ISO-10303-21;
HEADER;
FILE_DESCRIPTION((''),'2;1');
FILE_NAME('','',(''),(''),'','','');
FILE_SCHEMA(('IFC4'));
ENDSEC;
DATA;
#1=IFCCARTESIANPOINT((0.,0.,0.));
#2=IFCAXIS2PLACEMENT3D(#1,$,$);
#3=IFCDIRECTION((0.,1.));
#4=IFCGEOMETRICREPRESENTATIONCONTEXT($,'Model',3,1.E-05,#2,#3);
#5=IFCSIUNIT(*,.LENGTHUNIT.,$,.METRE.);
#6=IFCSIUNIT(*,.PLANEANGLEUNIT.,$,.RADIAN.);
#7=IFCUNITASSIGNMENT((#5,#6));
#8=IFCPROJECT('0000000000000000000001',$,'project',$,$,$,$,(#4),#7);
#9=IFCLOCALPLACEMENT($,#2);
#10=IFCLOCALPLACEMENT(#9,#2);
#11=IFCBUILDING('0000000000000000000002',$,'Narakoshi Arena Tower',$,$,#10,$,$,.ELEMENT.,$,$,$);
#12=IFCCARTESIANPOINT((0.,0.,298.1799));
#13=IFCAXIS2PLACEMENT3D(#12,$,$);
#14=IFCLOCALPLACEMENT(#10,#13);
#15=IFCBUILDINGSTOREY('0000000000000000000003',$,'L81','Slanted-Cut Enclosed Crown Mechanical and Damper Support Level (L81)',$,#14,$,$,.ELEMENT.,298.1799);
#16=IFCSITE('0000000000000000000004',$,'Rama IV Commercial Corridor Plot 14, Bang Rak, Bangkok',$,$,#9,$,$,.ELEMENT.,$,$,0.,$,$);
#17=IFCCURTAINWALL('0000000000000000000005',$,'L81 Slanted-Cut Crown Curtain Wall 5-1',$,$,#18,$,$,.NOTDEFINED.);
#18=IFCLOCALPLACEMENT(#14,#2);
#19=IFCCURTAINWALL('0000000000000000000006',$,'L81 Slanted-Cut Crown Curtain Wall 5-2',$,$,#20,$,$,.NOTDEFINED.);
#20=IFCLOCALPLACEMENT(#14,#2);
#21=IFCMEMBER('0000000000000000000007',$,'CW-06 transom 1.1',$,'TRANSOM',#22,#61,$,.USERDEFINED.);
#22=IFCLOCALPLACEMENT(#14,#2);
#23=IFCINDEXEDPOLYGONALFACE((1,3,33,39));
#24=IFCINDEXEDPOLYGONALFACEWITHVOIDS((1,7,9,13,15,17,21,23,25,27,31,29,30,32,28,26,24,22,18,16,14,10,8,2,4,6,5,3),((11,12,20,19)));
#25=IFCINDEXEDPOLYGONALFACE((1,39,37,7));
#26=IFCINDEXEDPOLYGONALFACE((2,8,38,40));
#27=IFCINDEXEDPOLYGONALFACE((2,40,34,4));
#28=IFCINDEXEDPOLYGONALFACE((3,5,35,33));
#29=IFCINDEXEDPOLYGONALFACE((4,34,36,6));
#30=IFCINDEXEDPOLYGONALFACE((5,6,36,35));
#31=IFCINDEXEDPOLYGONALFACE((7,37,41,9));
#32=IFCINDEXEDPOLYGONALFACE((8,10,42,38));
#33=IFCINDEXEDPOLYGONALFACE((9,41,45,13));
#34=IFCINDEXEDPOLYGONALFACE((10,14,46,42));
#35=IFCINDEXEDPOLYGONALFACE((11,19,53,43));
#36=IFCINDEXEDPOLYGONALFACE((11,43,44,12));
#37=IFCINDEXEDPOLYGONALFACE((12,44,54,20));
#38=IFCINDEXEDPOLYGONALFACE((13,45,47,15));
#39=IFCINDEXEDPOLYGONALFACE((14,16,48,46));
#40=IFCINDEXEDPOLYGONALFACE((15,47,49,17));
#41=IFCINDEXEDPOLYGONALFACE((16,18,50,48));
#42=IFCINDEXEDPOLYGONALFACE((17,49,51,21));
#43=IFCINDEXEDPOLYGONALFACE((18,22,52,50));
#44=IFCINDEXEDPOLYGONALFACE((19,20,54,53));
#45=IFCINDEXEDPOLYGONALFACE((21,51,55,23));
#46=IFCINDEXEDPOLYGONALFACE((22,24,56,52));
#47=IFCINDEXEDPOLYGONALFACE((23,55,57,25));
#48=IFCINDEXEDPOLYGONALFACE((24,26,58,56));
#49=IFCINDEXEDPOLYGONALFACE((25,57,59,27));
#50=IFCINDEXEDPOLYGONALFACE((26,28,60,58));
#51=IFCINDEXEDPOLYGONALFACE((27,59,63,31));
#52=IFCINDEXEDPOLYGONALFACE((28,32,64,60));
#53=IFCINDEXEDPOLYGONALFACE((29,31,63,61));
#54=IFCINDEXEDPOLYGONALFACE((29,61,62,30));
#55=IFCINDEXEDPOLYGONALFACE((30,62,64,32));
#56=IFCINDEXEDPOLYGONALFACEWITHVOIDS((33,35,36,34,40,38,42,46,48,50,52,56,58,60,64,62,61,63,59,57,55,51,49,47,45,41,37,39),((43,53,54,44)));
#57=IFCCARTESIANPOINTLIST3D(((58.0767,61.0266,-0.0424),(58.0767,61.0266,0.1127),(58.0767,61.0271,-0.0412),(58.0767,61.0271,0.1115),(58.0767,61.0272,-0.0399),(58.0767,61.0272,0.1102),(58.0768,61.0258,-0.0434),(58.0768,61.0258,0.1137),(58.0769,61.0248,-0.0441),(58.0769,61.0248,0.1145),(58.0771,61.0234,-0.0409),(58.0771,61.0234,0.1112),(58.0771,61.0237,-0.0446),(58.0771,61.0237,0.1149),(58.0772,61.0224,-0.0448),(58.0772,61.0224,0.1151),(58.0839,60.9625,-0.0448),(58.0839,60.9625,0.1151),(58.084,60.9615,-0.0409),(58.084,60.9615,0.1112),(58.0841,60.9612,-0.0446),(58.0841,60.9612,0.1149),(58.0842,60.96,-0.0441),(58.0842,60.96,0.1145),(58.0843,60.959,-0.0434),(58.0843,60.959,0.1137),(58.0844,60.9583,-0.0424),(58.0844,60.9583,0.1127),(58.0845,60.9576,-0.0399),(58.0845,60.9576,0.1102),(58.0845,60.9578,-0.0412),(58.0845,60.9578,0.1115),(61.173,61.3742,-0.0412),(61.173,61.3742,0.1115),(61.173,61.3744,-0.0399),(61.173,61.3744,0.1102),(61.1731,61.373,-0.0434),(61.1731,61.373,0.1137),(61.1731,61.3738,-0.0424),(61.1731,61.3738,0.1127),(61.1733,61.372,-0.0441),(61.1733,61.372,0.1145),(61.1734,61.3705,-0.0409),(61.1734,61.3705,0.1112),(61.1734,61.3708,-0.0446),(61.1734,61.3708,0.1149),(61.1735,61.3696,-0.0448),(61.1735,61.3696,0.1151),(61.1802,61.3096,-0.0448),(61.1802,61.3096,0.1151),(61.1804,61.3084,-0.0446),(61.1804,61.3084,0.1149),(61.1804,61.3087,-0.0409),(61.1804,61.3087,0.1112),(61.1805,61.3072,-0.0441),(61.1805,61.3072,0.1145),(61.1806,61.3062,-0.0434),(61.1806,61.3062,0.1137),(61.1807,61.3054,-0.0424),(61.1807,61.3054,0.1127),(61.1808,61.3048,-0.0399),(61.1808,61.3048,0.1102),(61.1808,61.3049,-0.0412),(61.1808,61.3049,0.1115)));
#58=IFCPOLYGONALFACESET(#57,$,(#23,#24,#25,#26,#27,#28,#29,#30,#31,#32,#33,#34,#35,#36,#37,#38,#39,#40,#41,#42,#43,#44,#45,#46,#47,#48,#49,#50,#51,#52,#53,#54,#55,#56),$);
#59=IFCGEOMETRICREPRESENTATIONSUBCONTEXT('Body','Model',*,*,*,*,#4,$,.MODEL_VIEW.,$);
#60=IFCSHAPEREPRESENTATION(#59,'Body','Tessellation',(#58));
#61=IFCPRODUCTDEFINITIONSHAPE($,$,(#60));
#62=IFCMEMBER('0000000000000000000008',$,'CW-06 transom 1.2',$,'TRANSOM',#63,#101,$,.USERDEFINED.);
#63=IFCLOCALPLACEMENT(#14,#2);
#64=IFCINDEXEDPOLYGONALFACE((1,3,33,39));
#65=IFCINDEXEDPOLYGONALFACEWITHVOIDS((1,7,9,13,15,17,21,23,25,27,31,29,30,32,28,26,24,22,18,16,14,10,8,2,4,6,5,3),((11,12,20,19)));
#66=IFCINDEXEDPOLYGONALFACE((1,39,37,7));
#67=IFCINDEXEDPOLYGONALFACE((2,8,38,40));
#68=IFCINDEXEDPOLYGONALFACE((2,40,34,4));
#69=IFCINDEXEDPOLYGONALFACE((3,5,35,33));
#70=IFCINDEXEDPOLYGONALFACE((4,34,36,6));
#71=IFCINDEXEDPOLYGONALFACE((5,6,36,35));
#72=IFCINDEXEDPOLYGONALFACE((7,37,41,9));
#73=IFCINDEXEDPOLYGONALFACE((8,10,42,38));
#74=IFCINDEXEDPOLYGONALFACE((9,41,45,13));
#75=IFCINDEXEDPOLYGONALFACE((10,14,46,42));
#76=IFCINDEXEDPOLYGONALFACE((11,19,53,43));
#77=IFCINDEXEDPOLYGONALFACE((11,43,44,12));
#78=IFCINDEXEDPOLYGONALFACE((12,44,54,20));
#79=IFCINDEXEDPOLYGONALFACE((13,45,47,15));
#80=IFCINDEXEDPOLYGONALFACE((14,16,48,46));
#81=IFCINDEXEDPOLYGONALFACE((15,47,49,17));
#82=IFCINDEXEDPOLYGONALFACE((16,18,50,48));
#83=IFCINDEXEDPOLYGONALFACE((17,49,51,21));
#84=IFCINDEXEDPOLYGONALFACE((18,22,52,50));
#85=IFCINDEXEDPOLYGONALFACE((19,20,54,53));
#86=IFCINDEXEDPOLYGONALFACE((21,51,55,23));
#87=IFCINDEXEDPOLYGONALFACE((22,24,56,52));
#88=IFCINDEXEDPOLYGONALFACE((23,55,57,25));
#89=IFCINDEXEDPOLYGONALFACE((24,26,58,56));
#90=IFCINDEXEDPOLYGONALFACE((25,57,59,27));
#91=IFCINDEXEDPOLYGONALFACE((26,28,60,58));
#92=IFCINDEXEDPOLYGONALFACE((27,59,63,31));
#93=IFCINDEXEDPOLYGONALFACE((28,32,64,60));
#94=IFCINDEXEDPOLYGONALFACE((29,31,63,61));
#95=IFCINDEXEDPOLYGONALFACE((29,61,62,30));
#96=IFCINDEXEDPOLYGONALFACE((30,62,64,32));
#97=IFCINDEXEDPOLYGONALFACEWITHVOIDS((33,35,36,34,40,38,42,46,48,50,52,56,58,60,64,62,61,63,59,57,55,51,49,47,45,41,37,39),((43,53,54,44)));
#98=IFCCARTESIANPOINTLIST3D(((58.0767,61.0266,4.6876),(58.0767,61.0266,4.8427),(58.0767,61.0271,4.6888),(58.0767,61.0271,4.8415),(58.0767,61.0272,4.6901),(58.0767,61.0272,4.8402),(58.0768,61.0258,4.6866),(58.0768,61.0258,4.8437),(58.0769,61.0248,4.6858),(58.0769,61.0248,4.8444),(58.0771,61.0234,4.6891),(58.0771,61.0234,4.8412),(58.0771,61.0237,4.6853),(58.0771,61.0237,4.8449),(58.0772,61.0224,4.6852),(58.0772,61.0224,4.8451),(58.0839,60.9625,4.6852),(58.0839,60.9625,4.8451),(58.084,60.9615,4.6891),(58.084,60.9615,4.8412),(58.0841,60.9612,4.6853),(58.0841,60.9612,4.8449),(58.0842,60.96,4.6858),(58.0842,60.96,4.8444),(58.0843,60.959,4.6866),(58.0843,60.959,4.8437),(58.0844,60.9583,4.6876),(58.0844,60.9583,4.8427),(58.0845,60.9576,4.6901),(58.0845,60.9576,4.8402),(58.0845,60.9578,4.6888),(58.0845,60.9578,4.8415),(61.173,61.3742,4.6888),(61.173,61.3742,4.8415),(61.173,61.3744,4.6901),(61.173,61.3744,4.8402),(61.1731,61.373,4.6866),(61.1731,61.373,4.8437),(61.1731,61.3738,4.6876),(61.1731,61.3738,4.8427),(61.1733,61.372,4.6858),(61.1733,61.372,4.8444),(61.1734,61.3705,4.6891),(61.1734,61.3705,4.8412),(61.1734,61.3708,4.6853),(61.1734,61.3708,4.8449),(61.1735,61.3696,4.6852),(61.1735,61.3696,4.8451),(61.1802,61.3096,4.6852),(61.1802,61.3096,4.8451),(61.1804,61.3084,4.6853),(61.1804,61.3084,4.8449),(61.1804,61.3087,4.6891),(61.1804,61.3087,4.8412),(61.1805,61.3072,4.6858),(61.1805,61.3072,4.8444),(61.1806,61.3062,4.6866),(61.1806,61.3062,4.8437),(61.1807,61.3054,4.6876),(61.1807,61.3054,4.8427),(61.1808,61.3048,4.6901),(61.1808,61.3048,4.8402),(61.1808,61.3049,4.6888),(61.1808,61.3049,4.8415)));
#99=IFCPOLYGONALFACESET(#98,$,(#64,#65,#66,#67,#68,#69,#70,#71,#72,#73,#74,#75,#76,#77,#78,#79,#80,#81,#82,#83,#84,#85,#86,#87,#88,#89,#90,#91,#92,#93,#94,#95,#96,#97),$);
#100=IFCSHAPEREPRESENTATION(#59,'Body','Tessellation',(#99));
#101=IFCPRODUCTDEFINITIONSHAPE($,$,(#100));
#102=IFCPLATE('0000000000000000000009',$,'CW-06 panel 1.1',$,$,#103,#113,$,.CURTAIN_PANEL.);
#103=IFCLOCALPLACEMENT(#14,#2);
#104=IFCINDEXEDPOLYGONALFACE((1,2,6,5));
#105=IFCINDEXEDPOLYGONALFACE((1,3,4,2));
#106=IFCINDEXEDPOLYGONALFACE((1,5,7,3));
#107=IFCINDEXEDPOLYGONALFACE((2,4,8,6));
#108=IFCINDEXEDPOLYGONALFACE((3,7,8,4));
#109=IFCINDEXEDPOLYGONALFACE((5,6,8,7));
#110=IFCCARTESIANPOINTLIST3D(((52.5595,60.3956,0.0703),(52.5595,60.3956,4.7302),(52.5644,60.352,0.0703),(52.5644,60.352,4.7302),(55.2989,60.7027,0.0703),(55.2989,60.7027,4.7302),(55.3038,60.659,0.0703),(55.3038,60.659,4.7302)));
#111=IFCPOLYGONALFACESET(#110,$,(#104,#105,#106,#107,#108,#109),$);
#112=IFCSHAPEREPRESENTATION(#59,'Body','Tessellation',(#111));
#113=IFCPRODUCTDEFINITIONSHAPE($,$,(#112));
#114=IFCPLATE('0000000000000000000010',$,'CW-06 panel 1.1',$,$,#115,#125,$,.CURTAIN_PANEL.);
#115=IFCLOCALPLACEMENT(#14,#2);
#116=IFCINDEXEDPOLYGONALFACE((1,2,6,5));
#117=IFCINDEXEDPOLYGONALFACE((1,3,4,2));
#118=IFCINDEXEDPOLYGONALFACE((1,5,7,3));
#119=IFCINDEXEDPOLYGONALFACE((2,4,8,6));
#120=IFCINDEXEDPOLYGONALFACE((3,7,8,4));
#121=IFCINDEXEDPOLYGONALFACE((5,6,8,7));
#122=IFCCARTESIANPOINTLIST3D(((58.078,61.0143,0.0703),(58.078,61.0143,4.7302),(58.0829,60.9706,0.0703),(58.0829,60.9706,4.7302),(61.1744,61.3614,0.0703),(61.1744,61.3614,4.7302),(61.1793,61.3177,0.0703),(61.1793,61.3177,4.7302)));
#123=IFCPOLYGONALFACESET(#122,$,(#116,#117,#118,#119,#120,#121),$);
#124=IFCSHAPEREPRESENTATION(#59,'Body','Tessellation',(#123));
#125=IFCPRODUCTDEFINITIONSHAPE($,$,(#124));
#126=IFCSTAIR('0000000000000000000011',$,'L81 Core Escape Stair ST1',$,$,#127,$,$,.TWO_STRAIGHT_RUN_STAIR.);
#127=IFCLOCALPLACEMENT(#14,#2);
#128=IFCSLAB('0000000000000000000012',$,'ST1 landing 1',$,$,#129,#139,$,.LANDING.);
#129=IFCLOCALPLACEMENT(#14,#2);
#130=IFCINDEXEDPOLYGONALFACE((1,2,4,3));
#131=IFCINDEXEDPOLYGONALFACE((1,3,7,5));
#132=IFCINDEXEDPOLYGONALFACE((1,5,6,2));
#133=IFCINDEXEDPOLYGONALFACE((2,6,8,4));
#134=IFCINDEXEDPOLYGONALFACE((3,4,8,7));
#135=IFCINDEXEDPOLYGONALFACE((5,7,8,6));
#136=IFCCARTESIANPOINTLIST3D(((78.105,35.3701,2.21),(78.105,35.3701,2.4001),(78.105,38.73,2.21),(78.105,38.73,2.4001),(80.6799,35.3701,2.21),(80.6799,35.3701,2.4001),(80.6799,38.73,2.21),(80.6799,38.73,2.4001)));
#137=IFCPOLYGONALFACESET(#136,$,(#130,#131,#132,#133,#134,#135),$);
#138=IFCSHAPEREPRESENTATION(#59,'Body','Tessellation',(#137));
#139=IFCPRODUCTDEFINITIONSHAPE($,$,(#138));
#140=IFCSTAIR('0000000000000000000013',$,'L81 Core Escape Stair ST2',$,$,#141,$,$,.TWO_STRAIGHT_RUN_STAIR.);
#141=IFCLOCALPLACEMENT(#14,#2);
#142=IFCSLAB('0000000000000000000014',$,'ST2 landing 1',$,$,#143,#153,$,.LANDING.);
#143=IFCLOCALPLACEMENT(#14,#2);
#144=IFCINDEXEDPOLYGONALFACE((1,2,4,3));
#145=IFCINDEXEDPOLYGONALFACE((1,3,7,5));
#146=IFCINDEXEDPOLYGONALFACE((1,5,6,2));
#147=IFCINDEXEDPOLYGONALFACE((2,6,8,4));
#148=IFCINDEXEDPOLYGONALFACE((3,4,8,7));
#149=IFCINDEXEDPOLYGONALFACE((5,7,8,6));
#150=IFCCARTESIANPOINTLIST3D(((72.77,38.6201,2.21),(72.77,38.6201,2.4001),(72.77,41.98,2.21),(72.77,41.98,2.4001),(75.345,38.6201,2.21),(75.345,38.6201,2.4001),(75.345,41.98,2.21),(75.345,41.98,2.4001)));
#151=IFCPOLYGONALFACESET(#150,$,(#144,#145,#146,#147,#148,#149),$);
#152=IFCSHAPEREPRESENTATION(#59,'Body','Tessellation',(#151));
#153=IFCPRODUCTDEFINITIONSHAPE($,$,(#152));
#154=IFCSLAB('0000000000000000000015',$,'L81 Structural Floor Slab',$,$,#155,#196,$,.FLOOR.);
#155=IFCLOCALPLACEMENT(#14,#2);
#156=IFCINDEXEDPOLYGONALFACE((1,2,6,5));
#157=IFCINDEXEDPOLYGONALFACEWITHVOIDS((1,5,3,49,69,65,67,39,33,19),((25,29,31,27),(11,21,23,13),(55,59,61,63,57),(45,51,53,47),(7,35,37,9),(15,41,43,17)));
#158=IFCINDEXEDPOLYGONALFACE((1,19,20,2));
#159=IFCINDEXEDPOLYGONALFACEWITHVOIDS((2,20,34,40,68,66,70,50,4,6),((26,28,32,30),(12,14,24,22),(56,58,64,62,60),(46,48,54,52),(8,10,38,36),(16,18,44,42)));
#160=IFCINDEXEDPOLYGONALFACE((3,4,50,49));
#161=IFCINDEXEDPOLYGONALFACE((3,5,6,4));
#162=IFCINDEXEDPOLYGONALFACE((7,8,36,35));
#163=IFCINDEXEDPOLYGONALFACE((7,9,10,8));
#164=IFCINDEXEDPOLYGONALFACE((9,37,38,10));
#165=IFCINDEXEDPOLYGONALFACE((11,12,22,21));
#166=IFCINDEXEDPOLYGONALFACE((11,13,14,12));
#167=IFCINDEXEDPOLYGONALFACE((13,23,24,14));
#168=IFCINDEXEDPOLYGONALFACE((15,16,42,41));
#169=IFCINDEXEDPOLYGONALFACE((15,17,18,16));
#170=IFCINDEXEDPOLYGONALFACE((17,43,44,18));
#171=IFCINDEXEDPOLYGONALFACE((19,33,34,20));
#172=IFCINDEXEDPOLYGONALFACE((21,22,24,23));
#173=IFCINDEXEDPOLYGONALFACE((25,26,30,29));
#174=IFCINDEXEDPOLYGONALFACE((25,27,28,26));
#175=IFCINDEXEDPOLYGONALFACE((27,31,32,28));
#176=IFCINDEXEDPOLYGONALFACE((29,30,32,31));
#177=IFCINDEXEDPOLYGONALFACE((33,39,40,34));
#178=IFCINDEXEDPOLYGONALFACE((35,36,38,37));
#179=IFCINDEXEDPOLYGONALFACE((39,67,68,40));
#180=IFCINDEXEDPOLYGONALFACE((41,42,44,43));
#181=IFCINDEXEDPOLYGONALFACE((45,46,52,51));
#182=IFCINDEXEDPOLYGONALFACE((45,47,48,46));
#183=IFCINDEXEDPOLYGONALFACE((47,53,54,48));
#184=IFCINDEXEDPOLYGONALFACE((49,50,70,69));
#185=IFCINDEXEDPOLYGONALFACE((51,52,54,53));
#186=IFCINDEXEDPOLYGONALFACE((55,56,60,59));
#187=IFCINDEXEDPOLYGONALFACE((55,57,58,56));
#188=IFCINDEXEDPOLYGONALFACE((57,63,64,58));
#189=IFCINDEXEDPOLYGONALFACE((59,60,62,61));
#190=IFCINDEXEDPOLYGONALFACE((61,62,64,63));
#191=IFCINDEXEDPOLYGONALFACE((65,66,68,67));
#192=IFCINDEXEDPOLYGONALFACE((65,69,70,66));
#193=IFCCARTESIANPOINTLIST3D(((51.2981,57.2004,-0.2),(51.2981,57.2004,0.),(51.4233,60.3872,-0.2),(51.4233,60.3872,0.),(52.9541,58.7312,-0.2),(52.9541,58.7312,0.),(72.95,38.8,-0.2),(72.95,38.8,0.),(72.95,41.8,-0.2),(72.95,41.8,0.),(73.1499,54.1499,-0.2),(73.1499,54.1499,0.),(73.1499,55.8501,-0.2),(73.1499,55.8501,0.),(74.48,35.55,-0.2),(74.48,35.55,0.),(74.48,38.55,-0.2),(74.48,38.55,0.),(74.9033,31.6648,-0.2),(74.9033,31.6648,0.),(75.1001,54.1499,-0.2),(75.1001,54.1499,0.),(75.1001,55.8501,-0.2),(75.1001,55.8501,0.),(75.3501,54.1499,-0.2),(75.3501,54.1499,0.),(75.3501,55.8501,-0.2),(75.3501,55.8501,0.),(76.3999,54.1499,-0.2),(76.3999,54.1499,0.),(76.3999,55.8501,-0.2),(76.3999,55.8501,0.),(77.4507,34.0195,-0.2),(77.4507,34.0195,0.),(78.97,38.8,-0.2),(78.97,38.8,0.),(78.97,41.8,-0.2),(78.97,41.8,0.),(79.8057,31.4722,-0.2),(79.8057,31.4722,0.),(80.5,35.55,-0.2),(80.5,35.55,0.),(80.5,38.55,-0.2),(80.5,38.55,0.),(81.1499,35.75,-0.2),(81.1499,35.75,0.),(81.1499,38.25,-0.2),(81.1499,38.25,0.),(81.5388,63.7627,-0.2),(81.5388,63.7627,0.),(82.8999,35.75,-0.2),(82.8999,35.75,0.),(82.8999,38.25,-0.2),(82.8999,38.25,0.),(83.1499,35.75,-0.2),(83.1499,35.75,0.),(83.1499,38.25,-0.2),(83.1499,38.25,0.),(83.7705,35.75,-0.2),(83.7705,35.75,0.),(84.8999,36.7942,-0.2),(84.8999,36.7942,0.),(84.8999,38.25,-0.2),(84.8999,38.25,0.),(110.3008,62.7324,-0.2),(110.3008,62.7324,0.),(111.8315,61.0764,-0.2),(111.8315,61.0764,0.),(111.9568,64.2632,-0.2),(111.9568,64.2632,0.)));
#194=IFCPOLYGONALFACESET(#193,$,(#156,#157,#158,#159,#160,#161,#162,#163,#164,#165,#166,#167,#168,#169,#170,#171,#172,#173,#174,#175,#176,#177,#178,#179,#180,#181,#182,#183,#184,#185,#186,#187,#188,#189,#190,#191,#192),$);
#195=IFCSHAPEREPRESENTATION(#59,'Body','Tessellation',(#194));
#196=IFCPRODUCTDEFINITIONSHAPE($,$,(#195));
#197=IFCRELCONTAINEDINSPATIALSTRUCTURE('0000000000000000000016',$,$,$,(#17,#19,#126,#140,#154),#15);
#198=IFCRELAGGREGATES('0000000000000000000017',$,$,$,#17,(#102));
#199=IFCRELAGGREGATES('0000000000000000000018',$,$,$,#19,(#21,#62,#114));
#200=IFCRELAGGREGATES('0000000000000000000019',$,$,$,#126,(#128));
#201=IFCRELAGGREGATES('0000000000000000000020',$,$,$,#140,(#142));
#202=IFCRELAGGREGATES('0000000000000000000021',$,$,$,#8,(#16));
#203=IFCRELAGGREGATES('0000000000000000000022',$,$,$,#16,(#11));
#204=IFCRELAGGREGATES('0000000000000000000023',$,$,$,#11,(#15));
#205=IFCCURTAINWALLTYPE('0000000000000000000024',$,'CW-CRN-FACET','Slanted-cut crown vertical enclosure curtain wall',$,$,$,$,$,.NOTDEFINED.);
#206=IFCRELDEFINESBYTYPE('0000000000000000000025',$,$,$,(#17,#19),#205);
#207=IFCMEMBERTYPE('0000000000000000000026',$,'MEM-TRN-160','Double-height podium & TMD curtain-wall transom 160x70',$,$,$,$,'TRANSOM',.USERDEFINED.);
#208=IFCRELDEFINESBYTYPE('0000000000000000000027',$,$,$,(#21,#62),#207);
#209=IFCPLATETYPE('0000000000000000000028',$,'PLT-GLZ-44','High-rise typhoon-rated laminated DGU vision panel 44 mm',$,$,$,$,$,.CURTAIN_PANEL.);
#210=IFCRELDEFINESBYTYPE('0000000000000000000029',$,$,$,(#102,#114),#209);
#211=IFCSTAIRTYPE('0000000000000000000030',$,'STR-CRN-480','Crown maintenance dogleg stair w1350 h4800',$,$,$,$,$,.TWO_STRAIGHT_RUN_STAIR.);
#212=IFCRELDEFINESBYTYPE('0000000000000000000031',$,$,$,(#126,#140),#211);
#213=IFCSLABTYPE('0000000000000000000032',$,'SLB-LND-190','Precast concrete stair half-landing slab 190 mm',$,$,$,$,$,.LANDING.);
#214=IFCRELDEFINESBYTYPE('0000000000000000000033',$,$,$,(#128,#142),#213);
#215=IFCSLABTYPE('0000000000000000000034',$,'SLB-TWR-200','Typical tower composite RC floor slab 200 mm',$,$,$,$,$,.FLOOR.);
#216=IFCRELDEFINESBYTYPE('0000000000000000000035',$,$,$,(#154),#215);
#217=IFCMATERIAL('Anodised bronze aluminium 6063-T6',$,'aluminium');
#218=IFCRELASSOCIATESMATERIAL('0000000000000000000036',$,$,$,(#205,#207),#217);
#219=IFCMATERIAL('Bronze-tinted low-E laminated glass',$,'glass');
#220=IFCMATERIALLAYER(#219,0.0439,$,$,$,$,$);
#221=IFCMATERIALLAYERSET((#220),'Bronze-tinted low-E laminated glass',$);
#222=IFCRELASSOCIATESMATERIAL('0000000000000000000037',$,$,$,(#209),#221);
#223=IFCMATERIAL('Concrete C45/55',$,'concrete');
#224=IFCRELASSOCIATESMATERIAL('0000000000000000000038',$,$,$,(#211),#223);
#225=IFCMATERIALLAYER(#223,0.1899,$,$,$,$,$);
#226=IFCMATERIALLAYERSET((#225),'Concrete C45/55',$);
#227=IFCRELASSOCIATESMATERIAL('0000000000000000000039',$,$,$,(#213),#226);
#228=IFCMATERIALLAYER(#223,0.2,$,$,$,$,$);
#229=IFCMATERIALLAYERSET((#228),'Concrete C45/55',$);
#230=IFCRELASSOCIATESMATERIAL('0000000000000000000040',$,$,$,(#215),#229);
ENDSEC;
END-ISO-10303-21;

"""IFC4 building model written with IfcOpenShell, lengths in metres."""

from ifc_helpers import new_model, si_unit, direction, frame, origin, origin_2d, place, context, subcontext, project, spatial, polyline, rectangle, hollow_rectangle, outline, extrude, material, layer, layer_set, material_profile, profile_set, type_object, element, aggregate, save


model = new_model("IFC4")

# Units and contexts
model_context = context("Model", 3, precision=1e-05, world=origin(), true_north=direction((0.0, 1.0)))
body_context = subcontext(model_context, "Body", "Model", "MODEL_VIEW")
ifc_project = project(units=[si_unit("LENGTHUNIT", "METRE"), si_unit("PLANEANGLEUNIT", "RADIAN")], contexts=[model_context])

# Site, building, storey
site_placement = place(None, origin())
site = spatial("IfcSite", under=ifc_project, at=site_placement, Name="Rama IV Commercial Corridor Plot 14, Bang Rak, Bangkok", CompositionType="ELEMENT", RefElevation=0.0)
building_placement = place(site_placement, origin())
building = spatial("IfcBuilding", under=site, at=building_placement, Name="Narakoshi Arena Tower", CompositionType="ELEMENT")
storey_placement = place(building_placement, frame((0.0, 0.0, 298.1799)))
storey = spatial("IfcBuildingStorey", under=building, at=storey_placement, Name="L81", Description="Slanted-Cut Enclosed Crown Mechanical and Damper Support Level (L81)", CompositionType="ELEMENT", Elevation=298.1799)

# Curtain wall
ifc_material_1 = material(Name="Anodised bronze aluminium 6063-T6", Category="aluminium")
curtain_wall_type = type_object("IfcCurtainWallType", Name="CW-CRN-FACET", Description="Slanted-cut crown vertical enclosure curtain wall", PredefinedType="NOTDEFINED", material=ifc_material_1)
curtain_wall_1_placement = place(storey_placement, origin())
curtain_wall_1 = element("IfcCurtainWall", 1, at=curtain_wall_1_placement, inside=storey, type_object=curtain_wall_type, Name="L81 Slanted-Cut Crown Curtain Wall 5-1", PredefinedType="NOTDEFINED")

# Curtain wall
curtain_wall_2_placement = place(storey_placement, origin())
curtain_wall_2 = element("IfcCurtainWall", 2, at=curtain_wall_2_placement, inside=storey, type_object=curtain_wall_type, Name="L81 Slanted-Cut Crown Curtain Wall 5-2", PredefinedType="NOTDEFINED")

# Members
ifc_material_profile_1 = material_profile(ifc_material_1, hollow_rectangle(XDim=0.0701, YDim=0.1599, WallThickness=0.0039, OuterFilletRadius=0.0049, at=origin_2d()), Name="TRN160x70x4")
ifc_profile_set_1 = profile_set([ifc_material_profile_1], Name="Anodised bronze aluminium 6063-T6")
member_type_1 = type_object("IfcMemberType", Name="MEM-TRN-160", Description="Double-height podium & TMD curtain-wall transom 160x70", ElementType="TRANSOM", PredefinedType="USERDEFINED", material=ifc_profile_set_1)
member_1_placement = place(storey_placement, frame((58.0806, 60.9924, 0.0352), z_axis=(0.993773, 0.11142, 0.0), x_axis=(-0.11142, 0.993773, 0.0)))
member_1 = element("IfcMember", 3, at=member_1_placement, type_object=member_type_1, Name="CW-06 transom 1.1", ObjectType="TRANSOM", PredefinedType="USERDEFINED", context=body_context, shape_type="SweptSolid", body=[
    extrude(hollow_rectangle(XDim=0.0701, YDim=0.1599, WallThickness=0.0039, OuterFilletRadius=0.0049, at=origin_2d()), origin(), (0.0, 0.0, 1.0), 3.1157),
])
member_2_placement = place(storey_placement, frame((58.0806, 60.9924, 4.7651), z_axis=(0.993773, 0.11142, 0.0), x_axis=(-0.11142, 0.993773, 0.0)))
member_2 = element("IfcMember", 4, at=member_2_placement, type_object=member_type_1, Name="CW-06 transom 1.2", ObjectType="TRANSOM", PredefinedType="USERDEFINED", context=body_context, shape_type="SweptSolid", body=[
    extrude(hollow_rectangle(XDim=0.0701, YDim=0.1599, WallThickness=0.0039, OuterFilletRadius=0.0049, at=origin_2d()), origin(), (0.0, 0.0, 1.0), 3.1157),
])

# Plates
ifc_material_2 = material(Name="Bronze-tinted low-E laminated glass", Category="glass")
ifc_layer_1 = layer(ifc_material_2, 0.0439)
ifc_layer_set_1 = layer_set([ifc_layer_1], Name="Bronze-tinted low-E laminated glass")
plate_type = type_object("IfcPlateType", Name="PLT-GLZ-44", Description="High-rise typhoon-rated laminated DGU vision panel 44 mm", PredefinedType="CURTAIN_PANEL", material=ifc_layer_set_1)
plate_1_placement = place(storey_placement, frame((53.9316, 60.5273, 0.0703), z_axis=(0.0, 0.0, 1.0), x_axis=(0.993776, 0.111395, 0.0)))
plate_1 = element("IfcPlate", 5, at=plate_1_placement, type_object=plate_type, Name="CW-06 panel 1.1", PredefinedType="CURTAIN_PANEL", context=body_context, shape_type="SweptSolid", body=[
    extrude(rectangle(XDim=2.7566, YDim=0.0439, at=origin_2d()), origin(), (0.0, 0.0, 1.0), 4.6599),
])
aggregate(curtain_wall_1, [plate_1])
plate_2_placement = place(storey_placement, frame((59.6287, 61.166, 0.0703), z_axis=(0.0, 0.0, 1.0), x_axis=(0.993776, 0.111395, 0.0)))
plate_2 = element("IfcPlate", 6, at=plate_2_placement, type_object=plate_type, Name="CW-06 panel 1.1", PredefinedType="CURTAIN_PANEL", context=body_context, shape_type="SweptSolid", body=[
    extrude(rectangle(XDim=3.1157, YDim=0.0439, at=origin_2d()), origin(), (0.0, 0.0, 1.0), 4.6599),
])
aggregate(curtain_wall_2, [member_1, member_2, plate_2])

# Stairs, slabs
ifc_material_3 = material(Name="Concrete C45/55", Category="concrete")
stair_type = type_object("IfcStairType", Name="STR-CRN-480", Description="Crown maintenance dogleg stair w1350 h4800", PredefinedType="TWO_STRAIGHT_RUN_STAIR", material=ifc_material_3)
stair_1_placement = place(storey_placement, origin())
stair_1 = element("IfcStair", 7, at=stair_1_placement, inside=storey, type_object=stair_type, Name="L81 Core Escape Stair ST1", PredefinedType="TWO_STRAIGHT_RUN_STAIR")
ifc_layer_2 = layer(ifc_material_3, 0.1899)
ifc_layer_set_2 = layer_set([ifc_layer_2], Name="Concrete C45/55")
slab_type_1 = type_object("IfcSlabType", Name="SLB-LND-190", Description="Precast concrete stair half-landing slab 190 mm", PredefinedType="LANDING", material=ifc_layer_set_2)
slab_1_placement = place(storey_placement, frame((0.0, 0.0, 2.21)))
slab_1 = element("IfcSlab", 8, at=slab_1_placement, type_object=slab_type_1, Name="ST1 landing 1", PredefinedType="LANDING", context=body_context, shape_type="SweptSolid", body=[
    extrude(outline(polyline([(78.105, 35.3701), (80.6799, 35.3701), (80.6799, 38.73), (78.105, 38.73), (78.105, 35.3701)])), origin(), (0.0, 0.0, 1.0), 0.1902),
])
aggregate(stair_1, [slab_1])
stair_2_placement = place(storey_placement, origin())
stair_2 = element("IfcStair", 9, at=stair_2_placement, inside=storey, type_object=stair_type, Name="L81 Core Escape Stair ST2", PredefinedType="TWO_STRAIGHT_RUN_STAIR")
slab_2_placement = place(storey_placement, frame((0.0, 0.0, 2.21)))
slab_2 = element("IfcSlab", 10, at=slab_2_placement, type_object=slab_type_1, Name="ST2 landing 1", PredefinedType="LANDING", context=body_context, shape_type="SweptSolid", body=[
    extrude(outline(polyline([(72.77, 38.6201), (75.345, 38.6201), (75.345, 41.98), (72.77, 41.98), (72.77, 38.6201)])), origin(), (0.0, 0.0, 1.0), 0.1902),
])
aggregate(stair_2, [slab_2])

# Slab
ifc_layer_3 = layer(ifc_material_3, 0.2)
ifc_layer_set_3 = layer_set([ifc_layer_3], Name="Concrete C45/55")
slab_type_2 = type_object("IfcSlabType", Name="SLB-TWR-200", Description="Typical tower composite RC floor slab 200 mm", PredefinedType="FLOOR", material=ifc_layer_set_3)
slab_3_placement = place(storey_placement, frame((0.0, 0.0, -0.2)))
element("IfcSlab", 11, at=slab_3_placement, inside=storey, type_object=slab_type_2, Name="L81 Structural Floor Slab", PredefinedType="FLOOR", context=body_context, shape_type="SweptSolid", body=[
    extrude(outline(polyline([(77.4507, 34.0195), (74.9033, 31.6648), (51.2981, 57.2004), (52.9541, 58.7312), (51.4233, 60.3872), (81.5388, 63.7627), (111.9568, 64.2632), (110.3008, 62.7324), (111.8315, 61.0764), (79.8057, 31.4722), (77.4507, 34.0195)]), holes=[polyline([(80.5, 35.55), (74.48, 35.55), (74.48, 38.55), (80.5, 38.55), (80.5, 35.55)]), polyline([(82.8999, 38.25), (82.8999, 35.75), (81.1499, 35.75), (81.1499, 38.25), (82.8999, 38.25)]), polyline([(84.8999, 36.7942), (83.7705, 35.75), (83.1499, 35.75), (83.1499, 38.25), (84.8999, 38.25), (84.8999, 36.7942)]), polyline([(78.97, 41.8), (78.97, 38.8), (72.95, 38.8), (72.95, 41.8), (78.97, 41.8)]), polyline([(75.1001, 54.1499), (73.1499, 54.1499), (73.1499, 55.8501), (75.1001, 55.8501), (75.1001, 54.1499)]), polyline([(76.3999, 54.1499), (75.3501, 54.1499), (75.3501, 55.8501), (76.3999, 55.8501), (76.3999, 54.1499)])]), origin(), (0.0, 0.0, 1.0), 0.2),
])

save(model, "model.ifc")
